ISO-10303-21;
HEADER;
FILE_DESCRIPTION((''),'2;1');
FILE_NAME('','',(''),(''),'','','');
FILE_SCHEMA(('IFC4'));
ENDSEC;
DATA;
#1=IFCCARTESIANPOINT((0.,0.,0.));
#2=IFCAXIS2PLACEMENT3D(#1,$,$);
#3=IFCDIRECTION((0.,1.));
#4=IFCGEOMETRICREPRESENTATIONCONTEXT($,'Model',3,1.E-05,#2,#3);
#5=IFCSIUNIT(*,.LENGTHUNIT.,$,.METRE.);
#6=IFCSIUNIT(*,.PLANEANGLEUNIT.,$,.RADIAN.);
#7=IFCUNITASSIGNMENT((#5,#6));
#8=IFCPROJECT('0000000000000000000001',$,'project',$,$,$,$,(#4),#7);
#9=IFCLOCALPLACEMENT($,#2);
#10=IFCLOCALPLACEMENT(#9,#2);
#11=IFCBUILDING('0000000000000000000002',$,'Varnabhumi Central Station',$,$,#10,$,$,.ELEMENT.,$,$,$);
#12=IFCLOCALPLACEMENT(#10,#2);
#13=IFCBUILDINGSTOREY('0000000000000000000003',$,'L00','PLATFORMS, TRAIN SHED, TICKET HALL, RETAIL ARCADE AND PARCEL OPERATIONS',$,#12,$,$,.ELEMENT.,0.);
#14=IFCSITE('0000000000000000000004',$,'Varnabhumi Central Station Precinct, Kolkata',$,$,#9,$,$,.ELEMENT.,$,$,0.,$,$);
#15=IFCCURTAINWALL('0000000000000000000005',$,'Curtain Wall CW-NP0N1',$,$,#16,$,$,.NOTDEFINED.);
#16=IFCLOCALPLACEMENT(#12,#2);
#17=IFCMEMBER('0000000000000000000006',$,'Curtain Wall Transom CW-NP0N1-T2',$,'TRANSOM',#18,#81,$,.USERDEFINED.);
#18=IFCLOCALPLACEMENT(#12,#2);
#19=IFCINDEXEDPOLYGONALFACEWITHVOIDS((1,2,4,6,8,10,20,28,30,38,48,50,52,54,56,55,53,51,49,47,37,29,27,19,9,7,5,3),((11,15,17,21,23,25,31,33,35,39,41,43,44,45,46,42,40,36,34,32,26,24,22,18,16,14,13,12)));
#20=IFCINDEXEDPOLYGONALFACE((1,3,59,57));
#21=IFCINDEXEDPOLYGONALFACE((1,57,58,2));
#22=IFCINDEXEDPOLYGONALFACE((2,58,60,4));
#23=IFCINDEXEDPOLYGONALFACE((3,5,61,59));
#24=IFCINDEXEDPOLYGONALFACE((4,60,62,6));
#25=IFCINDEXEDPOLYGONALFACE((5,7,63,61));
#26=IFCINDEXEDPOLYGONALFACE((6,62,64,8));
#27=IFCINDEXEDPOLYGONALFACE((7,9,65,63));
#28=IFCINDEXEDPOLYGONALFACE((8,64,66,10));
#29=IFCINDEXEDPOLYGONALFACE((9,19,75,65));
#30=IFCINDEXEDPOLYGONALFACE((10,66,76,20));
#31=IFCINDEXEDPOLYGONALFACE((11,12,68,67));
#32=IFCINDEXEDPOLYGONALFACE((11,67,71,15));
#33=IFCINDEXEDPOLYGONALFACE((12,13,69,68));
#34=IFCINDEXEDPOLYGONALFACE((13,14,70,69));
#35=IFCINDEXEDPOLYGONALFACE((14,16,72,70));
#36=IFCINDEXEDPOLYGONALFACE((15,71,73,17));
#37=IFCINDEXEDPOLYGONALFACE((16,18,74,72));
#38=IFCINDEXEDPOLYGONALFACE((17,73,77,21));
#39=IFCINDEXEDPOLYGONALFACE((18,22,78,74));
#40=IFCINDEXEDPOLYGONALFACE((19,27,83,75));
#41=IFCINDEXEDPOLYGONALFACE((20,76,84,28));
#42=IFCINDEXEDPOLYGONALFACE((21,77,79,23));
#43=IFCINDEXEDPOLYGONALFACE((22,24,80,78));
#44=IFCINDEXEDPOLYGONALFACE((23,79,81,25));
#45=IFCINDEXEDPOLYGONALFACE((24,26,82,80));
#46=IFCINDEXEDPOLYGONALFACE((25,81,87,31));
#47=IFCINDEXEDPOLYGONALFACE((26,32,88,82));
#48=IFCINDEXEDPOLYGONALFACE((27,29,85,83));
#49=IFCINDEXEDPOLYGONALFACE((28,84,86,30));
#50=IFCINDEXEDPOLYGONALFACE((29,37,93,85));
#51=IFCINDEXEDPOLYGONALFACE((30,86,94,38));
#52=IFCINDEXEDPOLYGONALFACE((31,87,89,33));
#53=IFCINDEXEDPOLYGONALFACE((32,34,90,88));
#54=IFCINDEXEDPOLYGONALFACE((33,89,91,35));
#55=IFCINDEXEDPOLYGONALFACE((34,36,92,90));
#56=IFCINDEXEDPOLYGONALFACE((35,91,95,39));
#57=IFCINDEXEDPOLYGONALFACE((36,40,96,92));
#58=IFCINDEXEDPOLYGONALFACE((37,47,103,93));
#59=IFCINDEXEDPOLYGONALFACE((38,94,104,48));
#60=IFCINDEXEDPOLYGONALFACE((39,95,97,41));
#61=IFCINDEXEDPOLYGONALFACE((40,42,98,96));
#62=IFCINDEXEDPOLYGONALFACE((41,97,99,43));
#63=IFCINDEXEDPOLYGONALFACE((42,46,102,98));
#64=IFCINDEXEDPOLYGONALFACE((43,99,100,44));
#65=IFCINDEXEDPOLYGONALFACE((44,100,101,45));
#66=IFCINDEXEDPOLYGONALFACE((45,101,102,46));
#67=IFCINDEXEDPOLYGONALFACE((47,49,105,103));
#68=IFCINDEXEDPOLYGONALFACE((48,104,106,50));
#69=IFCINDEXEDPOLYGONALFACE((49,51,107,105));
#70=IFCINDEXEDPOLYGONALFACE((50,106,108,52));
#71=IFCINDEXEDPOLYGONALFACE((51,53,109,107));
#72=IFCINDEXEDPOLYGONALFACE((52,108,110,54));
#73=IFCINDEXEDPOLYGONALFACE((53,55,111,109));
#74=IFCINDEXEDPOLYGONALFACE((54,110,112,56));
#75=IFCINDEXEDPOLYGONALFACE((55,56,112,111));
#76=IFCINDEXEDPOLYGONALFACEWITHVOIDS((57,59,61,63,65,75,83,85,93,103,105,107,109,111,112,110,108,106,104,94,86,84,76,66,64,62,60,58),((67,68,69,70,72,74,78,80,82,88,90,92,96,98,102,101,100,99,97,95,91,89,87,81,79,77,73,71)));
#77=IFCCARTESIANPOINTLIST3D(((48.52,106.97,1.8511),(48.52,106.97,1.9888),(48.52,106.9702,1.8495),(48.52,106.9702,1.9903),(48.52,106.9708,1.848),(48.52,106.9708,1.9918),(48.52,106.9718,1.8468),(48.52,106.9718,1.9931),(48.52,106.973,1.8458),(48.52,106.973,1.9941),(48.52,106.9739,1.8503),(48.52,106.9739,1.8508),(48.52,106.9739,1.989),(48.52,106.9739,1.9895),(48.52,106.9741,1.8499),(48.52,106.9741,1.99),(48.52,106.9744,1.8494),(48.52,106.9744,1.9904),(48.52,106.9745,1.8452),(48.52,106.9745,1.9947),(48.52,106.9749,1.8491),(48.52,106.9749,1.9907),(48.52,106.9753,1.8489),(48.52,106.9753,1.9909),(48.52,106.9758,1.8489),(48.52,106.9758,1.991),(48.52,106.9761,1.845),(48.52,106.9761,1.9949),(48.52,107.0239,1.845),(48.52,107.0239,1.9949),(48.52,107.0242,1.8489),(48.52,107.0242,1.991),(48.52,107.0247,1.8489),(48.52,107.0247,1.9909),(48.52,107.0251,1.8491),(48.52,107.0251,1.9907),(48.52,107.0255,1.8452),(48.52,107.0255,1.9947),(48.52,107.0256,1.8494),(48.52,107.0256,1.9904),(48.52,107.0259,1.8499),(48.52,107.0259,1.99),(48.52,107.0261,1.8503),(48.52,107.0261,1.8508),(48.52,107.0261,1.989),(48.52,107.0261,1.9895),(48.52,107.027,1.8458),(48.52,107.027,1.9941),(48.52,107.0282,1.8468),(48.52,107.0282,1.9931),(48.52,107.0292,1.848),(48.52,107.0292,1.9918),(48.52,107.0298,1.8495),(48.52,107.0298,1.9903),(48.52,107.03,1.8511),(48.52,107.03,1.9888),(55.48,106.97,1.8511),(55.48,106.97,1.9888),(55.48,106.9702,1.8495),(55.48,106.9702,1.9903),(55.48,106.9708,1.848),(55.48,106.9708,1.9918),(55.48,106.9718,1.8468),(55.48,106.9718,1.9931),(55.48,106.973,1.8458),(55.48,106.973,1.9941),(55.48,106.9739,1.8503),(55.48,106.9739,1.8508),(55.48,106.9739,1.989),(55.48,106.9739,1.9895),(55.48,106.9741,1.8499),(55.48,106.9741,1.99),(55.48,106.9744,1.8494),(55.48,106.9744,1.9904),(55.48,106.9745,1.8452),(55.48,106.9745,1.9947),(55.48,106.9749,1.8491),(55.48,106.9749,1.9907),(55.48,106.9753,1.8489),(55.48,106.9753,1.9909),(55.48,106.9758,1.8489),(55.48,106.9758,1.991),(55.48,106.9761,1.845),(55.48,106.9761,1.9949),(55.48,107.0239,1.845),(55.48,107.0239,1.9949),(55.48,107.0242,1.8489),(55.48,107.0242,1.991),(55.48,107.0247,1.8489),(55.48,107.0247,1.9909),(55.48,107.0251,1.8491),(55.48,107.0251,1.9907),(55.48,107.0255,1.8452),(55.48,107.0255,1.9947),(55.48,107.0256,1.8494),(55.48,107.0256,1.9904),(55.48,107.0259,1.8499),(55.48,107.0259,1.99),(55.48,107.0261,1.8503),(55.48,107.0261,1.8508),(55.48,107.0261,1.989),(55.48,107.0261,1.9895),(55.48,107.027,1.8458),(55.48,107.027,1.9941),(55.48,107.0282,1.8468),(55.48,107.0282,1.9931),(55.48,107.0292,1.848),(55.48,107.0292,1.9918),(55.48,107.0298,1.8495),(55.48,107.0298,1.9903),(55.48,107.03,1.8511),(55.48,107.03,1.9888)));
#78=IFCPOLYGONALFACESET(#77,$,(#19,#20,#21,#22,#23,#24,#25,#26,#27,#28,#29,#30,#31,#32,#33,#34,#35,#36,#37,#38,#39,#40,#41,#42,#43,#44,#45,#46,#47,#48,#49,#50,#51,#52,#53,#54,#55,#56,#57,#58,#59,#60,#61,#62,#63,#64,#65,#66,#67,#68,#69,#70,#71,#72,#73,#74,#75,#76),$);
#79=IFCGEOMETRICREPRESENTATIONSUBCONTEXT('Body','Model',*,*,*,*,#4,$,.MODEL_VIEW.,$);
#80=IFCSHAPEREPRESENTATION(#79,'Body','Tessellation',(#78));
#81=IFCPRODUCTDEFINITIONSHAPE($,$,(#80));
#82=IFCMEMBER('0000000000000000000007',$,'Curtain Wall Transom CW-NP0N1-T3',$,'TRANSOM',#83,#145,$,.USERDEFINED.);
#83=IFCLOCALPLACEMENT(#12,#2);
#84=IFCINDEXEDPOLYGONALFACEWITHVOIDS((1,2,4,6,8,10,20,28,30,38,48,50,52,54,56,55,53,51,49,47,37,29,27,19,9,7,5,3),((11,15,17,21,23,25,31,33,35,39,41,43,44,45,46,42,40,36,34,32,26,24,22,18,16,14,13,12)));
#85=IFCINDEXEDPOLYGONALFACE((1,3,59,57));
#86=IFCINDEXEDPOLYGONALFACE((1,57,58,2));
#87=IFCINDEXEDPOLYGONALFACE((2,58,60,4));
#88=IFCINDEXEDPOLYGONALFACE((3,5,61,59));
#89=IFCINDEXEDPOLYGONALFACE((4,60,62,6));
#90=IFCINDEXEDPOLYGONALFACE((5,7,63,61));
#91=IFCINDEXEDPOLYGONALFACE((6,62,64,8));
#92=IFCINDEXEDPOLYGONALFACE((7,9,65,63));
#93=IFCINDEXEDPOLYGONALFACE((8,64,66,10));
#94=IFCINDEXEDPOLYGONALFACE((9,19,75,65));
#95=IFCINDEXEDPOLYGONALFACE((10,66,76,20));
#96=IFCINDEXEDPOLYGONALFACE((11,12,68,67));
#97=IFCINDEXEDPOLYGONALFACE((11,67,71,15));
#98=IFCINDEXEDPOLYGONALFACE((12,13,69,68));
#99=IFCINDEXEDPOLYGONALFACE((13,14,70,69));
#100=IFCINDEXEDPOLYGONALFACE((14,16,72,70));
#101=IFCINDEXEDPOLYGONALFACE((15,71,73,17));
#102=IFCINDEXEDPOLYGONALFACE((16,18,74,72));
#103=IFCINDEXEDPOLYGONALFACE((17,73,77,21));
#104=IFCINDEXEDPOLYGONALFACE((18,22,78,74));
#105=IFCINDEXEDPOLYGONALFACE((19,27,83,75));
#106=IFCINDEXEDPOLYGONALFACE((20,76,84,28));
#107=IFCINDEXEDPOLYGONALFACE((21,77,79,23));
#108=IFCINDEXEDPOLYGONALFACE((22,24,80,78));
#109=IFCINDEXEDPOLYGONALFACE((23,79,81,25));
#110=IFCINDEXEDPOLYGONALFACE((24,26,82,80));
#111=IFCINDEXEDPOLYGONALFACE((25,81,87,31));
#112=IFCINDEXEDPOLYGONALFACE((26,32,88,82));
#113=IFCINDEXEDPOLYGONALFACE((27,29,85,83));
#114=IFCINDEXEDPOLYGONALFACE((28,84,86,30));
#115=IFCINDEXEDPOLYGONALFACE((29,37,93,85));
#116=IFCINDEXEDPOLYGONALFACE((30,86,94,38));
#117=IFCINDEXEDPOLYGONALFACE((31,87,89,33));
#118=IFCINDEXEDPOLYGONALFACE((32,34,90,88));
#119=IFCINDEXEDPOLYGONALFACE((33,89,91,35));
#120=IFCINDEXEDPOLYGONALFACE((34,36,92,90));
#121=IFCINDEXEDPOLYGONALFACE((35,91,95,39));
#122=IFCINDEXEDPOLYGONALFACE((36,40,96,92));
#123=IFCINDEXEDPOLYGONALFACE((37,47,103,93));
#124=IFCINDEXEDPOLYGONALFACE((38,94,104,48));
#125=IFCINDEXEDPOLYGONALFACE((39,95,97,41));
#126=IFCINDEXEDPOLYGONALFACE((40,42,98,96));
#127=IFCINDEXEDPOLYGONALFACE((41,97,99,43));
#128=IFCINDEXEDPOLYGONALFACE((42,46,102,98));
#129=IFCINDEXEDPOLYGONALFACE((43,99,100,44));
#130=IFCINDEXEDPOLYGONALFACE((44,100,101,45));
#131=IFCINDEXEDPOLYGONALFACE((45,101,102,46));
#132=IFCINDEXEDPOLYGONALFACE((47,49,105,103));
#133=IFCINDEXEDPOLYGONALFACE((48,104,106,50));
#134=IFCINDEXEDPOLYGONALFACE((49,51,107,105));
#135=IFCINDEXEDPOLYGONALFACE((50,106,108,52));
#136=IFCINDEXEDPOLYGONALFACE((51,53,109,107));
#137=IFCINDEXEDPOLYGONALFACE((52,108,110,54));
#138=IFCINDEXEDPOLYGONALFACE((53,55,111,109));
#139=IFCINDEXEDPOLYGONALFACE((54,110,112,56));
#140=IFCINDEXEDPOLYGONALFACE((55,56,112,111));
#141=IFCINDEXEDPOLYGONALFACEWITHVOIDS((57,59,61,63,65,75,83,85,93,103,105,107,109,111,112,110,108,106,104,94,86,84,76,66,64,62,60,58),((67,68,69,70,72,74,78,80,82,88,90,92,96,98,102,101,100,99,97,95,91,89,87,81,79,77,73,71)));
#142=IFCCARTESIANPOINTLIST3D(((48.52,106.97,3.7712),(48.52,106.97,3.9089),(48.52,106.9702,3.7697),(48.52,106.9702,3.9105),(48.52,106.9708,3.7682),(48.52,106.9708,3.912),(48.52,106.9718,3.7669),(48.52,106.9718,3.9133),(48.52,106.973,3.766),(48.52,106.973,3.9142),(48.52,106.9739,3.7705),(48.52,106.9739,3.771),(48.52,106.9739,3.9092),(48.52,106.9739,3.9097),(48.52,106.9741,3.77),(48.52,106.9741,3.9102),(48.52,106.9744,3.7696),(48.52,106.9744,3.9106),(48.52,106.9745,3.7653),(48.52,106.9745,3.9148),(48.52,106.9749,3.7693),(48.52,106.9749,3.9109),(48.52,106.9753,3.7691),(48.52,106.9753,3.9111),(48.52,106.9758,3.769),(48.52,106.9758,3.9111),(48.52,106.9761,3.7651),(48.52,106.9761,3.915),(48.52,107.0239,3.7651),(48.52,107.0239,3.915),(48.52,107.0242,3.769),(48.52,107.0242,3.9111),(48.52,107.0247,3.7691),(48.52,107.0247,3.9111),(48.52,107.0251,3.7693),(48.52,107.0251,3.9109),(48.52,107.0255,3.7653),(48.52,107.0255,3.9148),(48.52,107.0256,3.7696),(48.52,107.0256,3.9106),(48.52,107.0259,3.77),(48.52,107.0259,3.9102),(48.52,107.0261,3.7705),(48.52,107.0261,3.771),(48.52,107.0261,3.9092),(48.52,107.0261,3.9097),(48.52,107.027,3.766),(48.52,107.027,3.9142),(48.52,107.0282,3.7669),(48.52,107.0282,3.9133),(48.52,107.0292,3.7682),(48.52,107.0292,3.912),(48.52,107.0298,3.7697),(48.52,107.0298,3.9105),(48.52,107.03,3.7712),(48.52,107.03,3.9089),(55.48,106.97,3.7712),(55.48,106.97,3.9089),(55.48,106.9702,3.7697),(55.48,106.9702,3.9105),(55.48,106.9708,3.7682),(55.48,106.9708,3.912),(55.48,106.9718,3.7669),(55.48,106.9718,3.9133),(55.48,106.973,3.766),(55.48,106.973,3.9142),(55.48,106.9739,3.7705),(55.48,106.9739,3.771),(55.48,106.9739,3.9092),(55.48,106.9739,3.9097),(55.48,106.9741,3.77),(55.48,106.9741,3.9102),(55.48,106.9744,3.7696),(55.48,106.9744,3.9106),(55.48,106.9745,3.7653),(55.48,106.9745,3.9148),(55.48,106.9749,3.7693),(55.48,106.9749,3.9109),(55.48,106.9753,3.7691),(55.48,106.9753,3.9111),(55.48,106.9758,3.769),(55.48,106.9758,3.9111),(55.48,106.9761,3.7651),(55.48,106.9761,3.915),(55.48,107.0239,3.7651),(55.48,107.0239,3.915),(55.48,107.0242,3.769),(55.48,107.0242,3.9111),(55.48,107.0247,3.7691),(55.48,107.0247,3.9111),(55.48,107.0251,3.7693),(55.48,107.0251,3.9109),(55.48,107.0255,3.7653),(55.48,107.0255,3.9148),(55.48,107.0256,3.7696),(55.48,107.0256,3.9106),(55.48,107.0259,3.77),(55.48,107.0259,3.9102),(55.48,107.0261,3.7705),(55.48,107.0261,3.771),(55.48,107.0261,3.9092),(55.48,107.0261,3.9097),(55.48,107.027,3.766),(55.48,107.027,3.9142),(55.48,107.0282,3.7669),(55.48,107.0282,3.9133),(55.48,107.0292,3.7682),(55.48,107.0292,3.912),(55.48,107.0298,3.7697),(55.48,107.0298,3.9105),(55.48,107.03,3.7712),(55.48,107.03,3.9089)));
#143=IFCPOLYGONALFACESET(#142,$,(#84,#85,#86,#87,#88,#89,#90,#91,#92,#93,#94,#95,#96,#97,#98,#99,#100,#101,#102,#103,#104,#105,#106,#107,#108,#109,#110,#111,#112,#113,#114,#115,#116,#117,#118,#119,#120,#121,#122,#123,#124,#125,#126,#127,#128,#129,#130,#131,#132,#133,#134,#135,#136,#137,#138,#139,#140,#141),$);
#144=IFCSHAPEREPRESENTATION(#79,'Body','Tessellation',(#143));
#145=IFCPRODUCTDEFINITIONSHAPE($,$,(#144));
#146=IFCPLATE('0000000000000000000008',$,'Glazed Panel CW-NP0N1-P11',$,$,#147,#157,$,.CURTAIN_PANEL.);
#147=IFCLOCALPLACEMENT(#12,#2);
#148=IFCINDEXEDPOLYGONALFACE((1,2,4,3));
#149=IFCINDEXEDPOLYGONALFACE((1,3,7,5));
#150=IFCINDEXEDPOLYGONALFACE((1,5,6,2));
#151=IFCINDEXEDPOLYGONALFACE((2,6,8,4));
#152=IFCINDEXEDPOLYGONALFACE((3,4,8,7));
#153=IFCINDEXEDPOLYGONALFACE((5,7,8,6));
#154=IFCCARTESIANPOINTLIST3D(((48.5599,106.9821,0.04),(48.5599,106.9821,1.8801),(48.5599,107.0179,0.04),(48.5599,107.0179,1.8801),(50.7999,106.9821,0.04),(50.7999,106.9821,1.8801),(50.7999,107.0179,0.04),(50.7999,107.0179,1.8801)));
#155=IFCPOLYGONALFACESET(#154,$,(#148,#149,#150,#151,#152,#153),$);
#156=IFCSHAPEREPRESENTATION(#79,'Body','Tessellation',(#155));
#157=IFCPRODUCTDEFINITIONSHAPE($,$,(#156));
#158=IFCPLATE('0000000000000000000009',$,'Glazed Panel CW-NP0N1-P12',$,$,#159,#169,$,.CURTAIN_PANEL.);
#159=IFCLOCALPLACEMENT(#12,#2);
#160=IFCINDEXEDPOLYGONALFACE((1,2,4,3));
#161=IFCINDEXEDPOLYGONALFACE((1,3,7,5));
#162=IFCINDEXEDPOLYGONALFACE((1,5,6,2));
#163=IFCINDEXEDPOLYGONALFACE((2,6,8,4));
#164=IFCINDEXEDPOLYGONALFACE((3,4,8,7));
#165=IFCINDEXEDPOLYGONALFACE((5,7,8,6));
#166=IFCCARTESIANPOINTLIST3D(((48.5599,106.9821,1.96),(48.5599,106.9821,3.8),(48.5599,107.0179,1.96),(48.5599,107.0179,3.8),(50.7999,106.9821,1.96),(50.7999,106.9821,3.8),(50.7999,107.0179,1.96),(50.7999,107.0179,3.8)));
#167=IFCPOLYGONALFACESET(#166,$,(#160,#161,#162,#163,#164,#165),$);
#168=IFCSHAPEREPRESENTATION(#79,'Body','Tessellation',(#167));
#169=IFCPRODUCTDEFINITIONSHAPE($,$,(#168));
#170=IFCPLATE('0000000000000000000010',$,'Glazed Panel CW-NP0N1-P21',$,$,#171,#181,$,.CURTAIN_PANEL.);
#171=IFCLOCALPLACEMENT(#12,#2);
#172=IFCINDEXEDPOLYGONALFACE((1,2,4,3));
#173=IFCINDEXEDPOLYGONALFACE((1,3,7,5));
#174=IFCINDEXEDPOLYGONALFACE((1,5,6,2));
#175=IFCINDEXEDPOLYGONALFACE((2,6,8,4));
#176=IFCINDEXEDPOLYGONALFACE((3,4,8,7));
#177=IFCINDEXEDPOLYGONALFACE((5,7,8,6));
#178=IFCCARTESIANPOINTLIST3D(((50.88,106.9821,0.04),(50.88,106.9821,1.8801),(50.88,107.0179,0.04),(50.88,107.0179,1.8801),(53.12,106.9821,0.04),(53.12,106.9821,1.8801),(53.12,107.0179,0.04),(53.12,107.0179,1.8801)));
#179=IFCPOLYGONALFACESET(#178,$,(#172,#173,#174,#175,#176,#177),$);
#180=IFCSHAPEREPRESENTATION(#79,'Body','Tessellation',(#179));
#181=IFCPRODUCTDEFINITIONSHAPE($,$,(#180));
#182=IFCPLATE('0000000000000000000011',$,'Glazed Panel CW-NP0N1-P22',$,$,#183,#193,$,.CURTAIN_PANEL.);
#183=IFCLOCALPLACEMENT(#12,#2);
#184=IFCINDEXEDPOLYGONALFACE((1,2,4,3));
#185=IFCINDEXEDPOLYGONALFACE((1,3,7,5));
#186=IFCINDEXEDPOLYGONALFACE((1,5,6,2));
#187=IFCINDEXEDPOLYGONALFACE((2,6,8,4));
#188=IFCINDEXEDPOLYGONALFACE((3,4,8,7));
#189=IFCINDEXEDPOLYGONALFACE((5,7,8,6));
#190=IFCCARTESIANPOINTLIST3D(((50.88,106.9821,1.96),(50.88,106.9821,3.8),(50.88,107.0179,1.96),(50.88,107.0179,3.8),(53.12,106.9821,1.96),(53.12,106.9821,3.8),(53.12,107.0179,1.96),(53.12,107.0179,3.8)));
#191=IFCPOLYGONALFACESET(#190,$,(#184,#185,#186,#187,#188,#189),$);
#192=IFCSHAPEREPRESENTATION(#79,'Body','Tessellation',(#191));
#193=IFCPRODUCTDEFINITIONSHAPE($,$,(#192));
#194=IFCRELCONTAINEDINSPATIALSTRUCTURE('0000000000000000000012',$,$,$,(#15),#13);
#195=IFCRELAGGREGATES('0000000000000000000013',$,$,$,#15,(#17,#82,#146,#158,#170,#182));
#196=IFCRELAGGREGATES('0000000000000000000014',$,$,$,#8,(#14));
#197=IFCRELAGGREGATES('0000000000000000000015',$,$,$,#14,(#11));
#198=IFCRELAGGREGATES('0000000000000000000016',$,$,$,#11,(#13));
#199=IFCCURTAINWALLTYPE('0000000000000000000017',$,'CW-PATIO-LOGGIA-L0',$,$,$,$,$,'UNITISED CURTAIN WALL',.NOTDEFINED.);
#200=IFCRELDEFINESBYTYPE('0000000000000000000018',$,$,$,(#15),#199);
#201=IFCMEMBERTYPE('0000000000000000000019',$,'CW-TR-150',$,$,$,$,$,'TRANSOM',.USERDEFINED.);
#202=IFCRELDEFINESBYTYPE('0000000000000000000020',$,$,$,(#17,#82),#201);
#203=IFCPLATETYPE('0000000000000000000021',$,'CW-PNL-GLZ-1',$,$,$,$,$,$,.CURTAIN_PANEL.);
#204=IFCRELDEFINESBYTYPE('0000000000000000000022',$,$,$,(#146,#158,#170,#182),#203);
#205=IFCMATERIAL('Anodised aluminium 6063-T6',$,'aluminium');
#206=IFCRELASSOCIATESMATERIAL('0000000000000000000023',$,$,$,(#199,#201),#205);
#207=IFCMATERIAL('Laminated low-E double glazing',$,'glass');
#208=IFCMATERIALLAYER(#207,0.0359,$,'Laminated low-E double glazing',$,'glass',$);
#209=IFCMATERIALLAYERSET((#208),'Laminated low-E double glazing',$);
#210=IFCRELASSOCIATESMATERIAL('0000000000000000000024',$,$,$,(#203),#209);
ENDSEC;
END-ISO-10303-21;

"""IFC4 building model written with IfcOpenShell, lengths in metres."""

from ifc_helpers import new_model, si_unit, direction, frame, origin, origin_2d, place, context, subcontext, project, spatial, rectangle, hollow_rectangle, extrude, material, layer, layer_set, material_profile, profile_set, type_object, element, aggregate, save


model = new_model("IFC4")

# Units and contexts
model_context = context("Model", 3, precision=1e-05, world=origin(), true_north=direction((0.0, 1.0)))
body_context = subcontext(model_context, "Body", "Model", "MODEL_VIEW")
ifc_project = project(units=[si_unit("LENGTHUNIT", "METRE"), si_unit("PLANEANGLEUNIT", "RADIAN")], contexts=[model_context])

# Site, building, storey
site_placement = place(None, origin())
site = spatial("IfcSite", under=ifc_project, at=site_placement, Name="Varnabhumi Central Station Precinct, Kolkata", CompositionType="ELEMENT", RefElevation=0.0)
building_placement = place(site_placement, origin())
building = spatial("IfcBuilding", under=site, at=building_placement, Name="Varnabhumi Central Station", CompositionType="ELEMENT")
storey_placement = place(building_placement, origin())
storey = spatial("IfcBuildingStorey", under=building, at=storey_placement, Name="L00", Description="PLATFORMS, TRAIN SHED, TICKET HALL, RETAIL ARCADE AND PARCEL OPERATIONS", CompositionType="ELEMENT", Elevation=0.0)

# Shared definitions
ifc_material_1 = material(Name="Anodised aluminium 6063-T6", Category="aluminium")
curtain_wall_type = type_object("IfcCurtainWallType", Name="CW-PATIO-LOGGIA-L0", ElementType="UNITISED CURTAIN WALL", PredefinedType="NOTDEFINED", material=ifc_material_1)

# Curtain wall, members, plates
curtain_wall_1_placement = place(storey_placement, origin())
curtain_wall_1 = element("IfcCurtainWall", 1, at=curtain_wall_1_placement, inside=storey, type_object=curtain_wall_type, Name="Curtain Wall CW-NP0N1", PredefinedType="NOTDEFINED")
ifc_material_profile_1 = material_profile(ifc_material_1, hollow_rectangle(XDim=0.0601, YDim=0.1499, WallThickness=0.0039, InnerFilletRadius=0.002, OuterFilletRadius=0.0061, at=origin_2d()), Name="Anodised aluminium 6063-T6", Category="aluminium")
ifc_profile_set_1 = profile_set([ifc_material_profile_1], Name="Anodised aluminium 6063-T6")
member_type_1 = type_object("IfcMemberType", Name="CW-TR-150", ElementType="TRANSOM", PredefinedType="USERDEFINED", material=ifc_profile_set_1)
member_1_placement = place(storey_placement, frame((48.52, 107.0, 1.9199), z_axis=(1.0, 0.0, 0.0), x_axis=(0.0, 1.0, 0.0)))
member_1 = element("IfcMember", 2, at=member_1_placement, type_object=member_type_1, Name="Curtain Wall Transom CW-NP0N1-T2", ObjectType="TRANSOM", PredefinedType="USERDEFINED", context=body_context, shape_type="SweptSolid", body=[
    extrude(hollow_rectangle(XDim=0.0601, YDim=0.1499, WallThickness=0.0039, InnerFilletRadius=0.002, OuterFilletRadius=0.0061, at=origin_2d()), origin(), (0.0, 0.0, 1.0), 6.96),
])
member_2_placement = place(storey_placement, frame((48.52, 107.0, 3.8401), z_axis=(1.0, 0.0, 0.0), x_axis=(0.0, 1.0, 0.0)))
member_2 = element("IfcMember", 3, at=member_2_placement, type_object=member_type_1, Name="Curtain Wall Transom CW-NP0N1-T3", ObjectType="TRANSOM", PredefinedType="USERDEFINED", context=body_context, shape_type="SweptSolid", body=[
    extrude(hollow_rectangle(XDim=0.0601, YDim=0.1499, WallThickness=0.0039, InnerFilletRadius=0.002, OuterFilletRadius=0.0061, at=origin_2d()), origin(), (0.0, 0.0, 1.0), 6.96),
])
ifc_material_2 = material(Name="Laminated low-E double glazing", Category="glass")
ifc_layer_1 = layer(ifc_material_2, 0.0359, Name="Laminated low-E double glazing", Category="glass")
ifc_layer_set_1 = layer_set([ifc_layer_1], Name="Laminated low-E double glazing")
plate_type_1 = type_object("IfcPlateType", Name="CW-PNL-GLZ-1", PredefinedType="CURTAIN_PANEL", material=ifc_layer_set_1)
plate_1_placement = place(storey_placement, frame((49.6799, 107.0, 0.04), z_axis=(0.0, 0.0, 1.0), x_axis=(1.0, 0.0, 0.0)))
plate_1 = element("IfcPlate", 4, at=plate_1_placement, type_object=plate_type_1, Name="Glazed Panel CW-NP0N1-P11", PredefinedType="CURTAIN_PANEL", context=body_context, shape_type="SweptSolid", body=[
    extrude(rectangle(XDim=2.24, YDim=0.0359, at=origin_2d()), origin(), (0.0, 0.0, 1.0), 1.8401),
])
plate_2_placement = place(storey_placement, frame((49.6799, 107.0, 1.96), z_axis=(0.0, 0.0, 1.0), x_axis=(1.0, 0.0, 0.0)))
plate_2 = element("IfcPlate", 5, at=plate_2_placement, type_object=plate_type_1, Name="Glazed Panel CW-NP0N1-P12", PredefinedType="CURTAIN_PANEL", context=body_context, shape_type="SweptSolid", body=[
    extrude(rectangle(XDim=2.24, YDim=0.0359, at=origin_2d()), origin(), (0.0, 0.0, 1.0), 1.8401),
])
plate_3_placement = place(storey_placement, frame((52.0, 107.0, 0.04), z_axis=(0.0, 0.0, 1.0), x_axis=(1.0, 0.0, 0.0)))
plate_3 = element("IfcPlate", 6, at=plate_3_placement, type_object=plate_type_1, Name="Glazed Panel CW-NP0N1-P21", PredefinedType="CURTAIN_PANEL", context=body_context, shape_type="SweptSolid", body=[
    extrude(rectangle(XDim=2.24, YDim=0.0359, at=origin_2d()), origin(), (0.0, 0.0, 1.0), 1.8401),
])
plate_4_placement = place(storey_placement, frame((52.0, 107.0, 1.96), z_axis=(0.0, 0.0, 1.0), x_axis=(1.0, 0.0, 0.0)))
plate_4 = element("IfcPlate", 7, at=plate_4_placement, type_object=plate_type_1, Name="Glazed Panel CW-NP0N1-P22", PredefinedType="CURTAIN_PANEL", context=body_context, shape_type="SweptSolid", body=[
    extrude(rectangle(XDim=2.24, YDim=0.0359, at=origin_2d()), origin(), (0.0, 0.0, 1.0), 1.8401),
])
aggregate(curtain_wall_1, [member_1, member_2, plate_1, plate_2, plate_3, plate_4])

save(model, "model.ifc")
